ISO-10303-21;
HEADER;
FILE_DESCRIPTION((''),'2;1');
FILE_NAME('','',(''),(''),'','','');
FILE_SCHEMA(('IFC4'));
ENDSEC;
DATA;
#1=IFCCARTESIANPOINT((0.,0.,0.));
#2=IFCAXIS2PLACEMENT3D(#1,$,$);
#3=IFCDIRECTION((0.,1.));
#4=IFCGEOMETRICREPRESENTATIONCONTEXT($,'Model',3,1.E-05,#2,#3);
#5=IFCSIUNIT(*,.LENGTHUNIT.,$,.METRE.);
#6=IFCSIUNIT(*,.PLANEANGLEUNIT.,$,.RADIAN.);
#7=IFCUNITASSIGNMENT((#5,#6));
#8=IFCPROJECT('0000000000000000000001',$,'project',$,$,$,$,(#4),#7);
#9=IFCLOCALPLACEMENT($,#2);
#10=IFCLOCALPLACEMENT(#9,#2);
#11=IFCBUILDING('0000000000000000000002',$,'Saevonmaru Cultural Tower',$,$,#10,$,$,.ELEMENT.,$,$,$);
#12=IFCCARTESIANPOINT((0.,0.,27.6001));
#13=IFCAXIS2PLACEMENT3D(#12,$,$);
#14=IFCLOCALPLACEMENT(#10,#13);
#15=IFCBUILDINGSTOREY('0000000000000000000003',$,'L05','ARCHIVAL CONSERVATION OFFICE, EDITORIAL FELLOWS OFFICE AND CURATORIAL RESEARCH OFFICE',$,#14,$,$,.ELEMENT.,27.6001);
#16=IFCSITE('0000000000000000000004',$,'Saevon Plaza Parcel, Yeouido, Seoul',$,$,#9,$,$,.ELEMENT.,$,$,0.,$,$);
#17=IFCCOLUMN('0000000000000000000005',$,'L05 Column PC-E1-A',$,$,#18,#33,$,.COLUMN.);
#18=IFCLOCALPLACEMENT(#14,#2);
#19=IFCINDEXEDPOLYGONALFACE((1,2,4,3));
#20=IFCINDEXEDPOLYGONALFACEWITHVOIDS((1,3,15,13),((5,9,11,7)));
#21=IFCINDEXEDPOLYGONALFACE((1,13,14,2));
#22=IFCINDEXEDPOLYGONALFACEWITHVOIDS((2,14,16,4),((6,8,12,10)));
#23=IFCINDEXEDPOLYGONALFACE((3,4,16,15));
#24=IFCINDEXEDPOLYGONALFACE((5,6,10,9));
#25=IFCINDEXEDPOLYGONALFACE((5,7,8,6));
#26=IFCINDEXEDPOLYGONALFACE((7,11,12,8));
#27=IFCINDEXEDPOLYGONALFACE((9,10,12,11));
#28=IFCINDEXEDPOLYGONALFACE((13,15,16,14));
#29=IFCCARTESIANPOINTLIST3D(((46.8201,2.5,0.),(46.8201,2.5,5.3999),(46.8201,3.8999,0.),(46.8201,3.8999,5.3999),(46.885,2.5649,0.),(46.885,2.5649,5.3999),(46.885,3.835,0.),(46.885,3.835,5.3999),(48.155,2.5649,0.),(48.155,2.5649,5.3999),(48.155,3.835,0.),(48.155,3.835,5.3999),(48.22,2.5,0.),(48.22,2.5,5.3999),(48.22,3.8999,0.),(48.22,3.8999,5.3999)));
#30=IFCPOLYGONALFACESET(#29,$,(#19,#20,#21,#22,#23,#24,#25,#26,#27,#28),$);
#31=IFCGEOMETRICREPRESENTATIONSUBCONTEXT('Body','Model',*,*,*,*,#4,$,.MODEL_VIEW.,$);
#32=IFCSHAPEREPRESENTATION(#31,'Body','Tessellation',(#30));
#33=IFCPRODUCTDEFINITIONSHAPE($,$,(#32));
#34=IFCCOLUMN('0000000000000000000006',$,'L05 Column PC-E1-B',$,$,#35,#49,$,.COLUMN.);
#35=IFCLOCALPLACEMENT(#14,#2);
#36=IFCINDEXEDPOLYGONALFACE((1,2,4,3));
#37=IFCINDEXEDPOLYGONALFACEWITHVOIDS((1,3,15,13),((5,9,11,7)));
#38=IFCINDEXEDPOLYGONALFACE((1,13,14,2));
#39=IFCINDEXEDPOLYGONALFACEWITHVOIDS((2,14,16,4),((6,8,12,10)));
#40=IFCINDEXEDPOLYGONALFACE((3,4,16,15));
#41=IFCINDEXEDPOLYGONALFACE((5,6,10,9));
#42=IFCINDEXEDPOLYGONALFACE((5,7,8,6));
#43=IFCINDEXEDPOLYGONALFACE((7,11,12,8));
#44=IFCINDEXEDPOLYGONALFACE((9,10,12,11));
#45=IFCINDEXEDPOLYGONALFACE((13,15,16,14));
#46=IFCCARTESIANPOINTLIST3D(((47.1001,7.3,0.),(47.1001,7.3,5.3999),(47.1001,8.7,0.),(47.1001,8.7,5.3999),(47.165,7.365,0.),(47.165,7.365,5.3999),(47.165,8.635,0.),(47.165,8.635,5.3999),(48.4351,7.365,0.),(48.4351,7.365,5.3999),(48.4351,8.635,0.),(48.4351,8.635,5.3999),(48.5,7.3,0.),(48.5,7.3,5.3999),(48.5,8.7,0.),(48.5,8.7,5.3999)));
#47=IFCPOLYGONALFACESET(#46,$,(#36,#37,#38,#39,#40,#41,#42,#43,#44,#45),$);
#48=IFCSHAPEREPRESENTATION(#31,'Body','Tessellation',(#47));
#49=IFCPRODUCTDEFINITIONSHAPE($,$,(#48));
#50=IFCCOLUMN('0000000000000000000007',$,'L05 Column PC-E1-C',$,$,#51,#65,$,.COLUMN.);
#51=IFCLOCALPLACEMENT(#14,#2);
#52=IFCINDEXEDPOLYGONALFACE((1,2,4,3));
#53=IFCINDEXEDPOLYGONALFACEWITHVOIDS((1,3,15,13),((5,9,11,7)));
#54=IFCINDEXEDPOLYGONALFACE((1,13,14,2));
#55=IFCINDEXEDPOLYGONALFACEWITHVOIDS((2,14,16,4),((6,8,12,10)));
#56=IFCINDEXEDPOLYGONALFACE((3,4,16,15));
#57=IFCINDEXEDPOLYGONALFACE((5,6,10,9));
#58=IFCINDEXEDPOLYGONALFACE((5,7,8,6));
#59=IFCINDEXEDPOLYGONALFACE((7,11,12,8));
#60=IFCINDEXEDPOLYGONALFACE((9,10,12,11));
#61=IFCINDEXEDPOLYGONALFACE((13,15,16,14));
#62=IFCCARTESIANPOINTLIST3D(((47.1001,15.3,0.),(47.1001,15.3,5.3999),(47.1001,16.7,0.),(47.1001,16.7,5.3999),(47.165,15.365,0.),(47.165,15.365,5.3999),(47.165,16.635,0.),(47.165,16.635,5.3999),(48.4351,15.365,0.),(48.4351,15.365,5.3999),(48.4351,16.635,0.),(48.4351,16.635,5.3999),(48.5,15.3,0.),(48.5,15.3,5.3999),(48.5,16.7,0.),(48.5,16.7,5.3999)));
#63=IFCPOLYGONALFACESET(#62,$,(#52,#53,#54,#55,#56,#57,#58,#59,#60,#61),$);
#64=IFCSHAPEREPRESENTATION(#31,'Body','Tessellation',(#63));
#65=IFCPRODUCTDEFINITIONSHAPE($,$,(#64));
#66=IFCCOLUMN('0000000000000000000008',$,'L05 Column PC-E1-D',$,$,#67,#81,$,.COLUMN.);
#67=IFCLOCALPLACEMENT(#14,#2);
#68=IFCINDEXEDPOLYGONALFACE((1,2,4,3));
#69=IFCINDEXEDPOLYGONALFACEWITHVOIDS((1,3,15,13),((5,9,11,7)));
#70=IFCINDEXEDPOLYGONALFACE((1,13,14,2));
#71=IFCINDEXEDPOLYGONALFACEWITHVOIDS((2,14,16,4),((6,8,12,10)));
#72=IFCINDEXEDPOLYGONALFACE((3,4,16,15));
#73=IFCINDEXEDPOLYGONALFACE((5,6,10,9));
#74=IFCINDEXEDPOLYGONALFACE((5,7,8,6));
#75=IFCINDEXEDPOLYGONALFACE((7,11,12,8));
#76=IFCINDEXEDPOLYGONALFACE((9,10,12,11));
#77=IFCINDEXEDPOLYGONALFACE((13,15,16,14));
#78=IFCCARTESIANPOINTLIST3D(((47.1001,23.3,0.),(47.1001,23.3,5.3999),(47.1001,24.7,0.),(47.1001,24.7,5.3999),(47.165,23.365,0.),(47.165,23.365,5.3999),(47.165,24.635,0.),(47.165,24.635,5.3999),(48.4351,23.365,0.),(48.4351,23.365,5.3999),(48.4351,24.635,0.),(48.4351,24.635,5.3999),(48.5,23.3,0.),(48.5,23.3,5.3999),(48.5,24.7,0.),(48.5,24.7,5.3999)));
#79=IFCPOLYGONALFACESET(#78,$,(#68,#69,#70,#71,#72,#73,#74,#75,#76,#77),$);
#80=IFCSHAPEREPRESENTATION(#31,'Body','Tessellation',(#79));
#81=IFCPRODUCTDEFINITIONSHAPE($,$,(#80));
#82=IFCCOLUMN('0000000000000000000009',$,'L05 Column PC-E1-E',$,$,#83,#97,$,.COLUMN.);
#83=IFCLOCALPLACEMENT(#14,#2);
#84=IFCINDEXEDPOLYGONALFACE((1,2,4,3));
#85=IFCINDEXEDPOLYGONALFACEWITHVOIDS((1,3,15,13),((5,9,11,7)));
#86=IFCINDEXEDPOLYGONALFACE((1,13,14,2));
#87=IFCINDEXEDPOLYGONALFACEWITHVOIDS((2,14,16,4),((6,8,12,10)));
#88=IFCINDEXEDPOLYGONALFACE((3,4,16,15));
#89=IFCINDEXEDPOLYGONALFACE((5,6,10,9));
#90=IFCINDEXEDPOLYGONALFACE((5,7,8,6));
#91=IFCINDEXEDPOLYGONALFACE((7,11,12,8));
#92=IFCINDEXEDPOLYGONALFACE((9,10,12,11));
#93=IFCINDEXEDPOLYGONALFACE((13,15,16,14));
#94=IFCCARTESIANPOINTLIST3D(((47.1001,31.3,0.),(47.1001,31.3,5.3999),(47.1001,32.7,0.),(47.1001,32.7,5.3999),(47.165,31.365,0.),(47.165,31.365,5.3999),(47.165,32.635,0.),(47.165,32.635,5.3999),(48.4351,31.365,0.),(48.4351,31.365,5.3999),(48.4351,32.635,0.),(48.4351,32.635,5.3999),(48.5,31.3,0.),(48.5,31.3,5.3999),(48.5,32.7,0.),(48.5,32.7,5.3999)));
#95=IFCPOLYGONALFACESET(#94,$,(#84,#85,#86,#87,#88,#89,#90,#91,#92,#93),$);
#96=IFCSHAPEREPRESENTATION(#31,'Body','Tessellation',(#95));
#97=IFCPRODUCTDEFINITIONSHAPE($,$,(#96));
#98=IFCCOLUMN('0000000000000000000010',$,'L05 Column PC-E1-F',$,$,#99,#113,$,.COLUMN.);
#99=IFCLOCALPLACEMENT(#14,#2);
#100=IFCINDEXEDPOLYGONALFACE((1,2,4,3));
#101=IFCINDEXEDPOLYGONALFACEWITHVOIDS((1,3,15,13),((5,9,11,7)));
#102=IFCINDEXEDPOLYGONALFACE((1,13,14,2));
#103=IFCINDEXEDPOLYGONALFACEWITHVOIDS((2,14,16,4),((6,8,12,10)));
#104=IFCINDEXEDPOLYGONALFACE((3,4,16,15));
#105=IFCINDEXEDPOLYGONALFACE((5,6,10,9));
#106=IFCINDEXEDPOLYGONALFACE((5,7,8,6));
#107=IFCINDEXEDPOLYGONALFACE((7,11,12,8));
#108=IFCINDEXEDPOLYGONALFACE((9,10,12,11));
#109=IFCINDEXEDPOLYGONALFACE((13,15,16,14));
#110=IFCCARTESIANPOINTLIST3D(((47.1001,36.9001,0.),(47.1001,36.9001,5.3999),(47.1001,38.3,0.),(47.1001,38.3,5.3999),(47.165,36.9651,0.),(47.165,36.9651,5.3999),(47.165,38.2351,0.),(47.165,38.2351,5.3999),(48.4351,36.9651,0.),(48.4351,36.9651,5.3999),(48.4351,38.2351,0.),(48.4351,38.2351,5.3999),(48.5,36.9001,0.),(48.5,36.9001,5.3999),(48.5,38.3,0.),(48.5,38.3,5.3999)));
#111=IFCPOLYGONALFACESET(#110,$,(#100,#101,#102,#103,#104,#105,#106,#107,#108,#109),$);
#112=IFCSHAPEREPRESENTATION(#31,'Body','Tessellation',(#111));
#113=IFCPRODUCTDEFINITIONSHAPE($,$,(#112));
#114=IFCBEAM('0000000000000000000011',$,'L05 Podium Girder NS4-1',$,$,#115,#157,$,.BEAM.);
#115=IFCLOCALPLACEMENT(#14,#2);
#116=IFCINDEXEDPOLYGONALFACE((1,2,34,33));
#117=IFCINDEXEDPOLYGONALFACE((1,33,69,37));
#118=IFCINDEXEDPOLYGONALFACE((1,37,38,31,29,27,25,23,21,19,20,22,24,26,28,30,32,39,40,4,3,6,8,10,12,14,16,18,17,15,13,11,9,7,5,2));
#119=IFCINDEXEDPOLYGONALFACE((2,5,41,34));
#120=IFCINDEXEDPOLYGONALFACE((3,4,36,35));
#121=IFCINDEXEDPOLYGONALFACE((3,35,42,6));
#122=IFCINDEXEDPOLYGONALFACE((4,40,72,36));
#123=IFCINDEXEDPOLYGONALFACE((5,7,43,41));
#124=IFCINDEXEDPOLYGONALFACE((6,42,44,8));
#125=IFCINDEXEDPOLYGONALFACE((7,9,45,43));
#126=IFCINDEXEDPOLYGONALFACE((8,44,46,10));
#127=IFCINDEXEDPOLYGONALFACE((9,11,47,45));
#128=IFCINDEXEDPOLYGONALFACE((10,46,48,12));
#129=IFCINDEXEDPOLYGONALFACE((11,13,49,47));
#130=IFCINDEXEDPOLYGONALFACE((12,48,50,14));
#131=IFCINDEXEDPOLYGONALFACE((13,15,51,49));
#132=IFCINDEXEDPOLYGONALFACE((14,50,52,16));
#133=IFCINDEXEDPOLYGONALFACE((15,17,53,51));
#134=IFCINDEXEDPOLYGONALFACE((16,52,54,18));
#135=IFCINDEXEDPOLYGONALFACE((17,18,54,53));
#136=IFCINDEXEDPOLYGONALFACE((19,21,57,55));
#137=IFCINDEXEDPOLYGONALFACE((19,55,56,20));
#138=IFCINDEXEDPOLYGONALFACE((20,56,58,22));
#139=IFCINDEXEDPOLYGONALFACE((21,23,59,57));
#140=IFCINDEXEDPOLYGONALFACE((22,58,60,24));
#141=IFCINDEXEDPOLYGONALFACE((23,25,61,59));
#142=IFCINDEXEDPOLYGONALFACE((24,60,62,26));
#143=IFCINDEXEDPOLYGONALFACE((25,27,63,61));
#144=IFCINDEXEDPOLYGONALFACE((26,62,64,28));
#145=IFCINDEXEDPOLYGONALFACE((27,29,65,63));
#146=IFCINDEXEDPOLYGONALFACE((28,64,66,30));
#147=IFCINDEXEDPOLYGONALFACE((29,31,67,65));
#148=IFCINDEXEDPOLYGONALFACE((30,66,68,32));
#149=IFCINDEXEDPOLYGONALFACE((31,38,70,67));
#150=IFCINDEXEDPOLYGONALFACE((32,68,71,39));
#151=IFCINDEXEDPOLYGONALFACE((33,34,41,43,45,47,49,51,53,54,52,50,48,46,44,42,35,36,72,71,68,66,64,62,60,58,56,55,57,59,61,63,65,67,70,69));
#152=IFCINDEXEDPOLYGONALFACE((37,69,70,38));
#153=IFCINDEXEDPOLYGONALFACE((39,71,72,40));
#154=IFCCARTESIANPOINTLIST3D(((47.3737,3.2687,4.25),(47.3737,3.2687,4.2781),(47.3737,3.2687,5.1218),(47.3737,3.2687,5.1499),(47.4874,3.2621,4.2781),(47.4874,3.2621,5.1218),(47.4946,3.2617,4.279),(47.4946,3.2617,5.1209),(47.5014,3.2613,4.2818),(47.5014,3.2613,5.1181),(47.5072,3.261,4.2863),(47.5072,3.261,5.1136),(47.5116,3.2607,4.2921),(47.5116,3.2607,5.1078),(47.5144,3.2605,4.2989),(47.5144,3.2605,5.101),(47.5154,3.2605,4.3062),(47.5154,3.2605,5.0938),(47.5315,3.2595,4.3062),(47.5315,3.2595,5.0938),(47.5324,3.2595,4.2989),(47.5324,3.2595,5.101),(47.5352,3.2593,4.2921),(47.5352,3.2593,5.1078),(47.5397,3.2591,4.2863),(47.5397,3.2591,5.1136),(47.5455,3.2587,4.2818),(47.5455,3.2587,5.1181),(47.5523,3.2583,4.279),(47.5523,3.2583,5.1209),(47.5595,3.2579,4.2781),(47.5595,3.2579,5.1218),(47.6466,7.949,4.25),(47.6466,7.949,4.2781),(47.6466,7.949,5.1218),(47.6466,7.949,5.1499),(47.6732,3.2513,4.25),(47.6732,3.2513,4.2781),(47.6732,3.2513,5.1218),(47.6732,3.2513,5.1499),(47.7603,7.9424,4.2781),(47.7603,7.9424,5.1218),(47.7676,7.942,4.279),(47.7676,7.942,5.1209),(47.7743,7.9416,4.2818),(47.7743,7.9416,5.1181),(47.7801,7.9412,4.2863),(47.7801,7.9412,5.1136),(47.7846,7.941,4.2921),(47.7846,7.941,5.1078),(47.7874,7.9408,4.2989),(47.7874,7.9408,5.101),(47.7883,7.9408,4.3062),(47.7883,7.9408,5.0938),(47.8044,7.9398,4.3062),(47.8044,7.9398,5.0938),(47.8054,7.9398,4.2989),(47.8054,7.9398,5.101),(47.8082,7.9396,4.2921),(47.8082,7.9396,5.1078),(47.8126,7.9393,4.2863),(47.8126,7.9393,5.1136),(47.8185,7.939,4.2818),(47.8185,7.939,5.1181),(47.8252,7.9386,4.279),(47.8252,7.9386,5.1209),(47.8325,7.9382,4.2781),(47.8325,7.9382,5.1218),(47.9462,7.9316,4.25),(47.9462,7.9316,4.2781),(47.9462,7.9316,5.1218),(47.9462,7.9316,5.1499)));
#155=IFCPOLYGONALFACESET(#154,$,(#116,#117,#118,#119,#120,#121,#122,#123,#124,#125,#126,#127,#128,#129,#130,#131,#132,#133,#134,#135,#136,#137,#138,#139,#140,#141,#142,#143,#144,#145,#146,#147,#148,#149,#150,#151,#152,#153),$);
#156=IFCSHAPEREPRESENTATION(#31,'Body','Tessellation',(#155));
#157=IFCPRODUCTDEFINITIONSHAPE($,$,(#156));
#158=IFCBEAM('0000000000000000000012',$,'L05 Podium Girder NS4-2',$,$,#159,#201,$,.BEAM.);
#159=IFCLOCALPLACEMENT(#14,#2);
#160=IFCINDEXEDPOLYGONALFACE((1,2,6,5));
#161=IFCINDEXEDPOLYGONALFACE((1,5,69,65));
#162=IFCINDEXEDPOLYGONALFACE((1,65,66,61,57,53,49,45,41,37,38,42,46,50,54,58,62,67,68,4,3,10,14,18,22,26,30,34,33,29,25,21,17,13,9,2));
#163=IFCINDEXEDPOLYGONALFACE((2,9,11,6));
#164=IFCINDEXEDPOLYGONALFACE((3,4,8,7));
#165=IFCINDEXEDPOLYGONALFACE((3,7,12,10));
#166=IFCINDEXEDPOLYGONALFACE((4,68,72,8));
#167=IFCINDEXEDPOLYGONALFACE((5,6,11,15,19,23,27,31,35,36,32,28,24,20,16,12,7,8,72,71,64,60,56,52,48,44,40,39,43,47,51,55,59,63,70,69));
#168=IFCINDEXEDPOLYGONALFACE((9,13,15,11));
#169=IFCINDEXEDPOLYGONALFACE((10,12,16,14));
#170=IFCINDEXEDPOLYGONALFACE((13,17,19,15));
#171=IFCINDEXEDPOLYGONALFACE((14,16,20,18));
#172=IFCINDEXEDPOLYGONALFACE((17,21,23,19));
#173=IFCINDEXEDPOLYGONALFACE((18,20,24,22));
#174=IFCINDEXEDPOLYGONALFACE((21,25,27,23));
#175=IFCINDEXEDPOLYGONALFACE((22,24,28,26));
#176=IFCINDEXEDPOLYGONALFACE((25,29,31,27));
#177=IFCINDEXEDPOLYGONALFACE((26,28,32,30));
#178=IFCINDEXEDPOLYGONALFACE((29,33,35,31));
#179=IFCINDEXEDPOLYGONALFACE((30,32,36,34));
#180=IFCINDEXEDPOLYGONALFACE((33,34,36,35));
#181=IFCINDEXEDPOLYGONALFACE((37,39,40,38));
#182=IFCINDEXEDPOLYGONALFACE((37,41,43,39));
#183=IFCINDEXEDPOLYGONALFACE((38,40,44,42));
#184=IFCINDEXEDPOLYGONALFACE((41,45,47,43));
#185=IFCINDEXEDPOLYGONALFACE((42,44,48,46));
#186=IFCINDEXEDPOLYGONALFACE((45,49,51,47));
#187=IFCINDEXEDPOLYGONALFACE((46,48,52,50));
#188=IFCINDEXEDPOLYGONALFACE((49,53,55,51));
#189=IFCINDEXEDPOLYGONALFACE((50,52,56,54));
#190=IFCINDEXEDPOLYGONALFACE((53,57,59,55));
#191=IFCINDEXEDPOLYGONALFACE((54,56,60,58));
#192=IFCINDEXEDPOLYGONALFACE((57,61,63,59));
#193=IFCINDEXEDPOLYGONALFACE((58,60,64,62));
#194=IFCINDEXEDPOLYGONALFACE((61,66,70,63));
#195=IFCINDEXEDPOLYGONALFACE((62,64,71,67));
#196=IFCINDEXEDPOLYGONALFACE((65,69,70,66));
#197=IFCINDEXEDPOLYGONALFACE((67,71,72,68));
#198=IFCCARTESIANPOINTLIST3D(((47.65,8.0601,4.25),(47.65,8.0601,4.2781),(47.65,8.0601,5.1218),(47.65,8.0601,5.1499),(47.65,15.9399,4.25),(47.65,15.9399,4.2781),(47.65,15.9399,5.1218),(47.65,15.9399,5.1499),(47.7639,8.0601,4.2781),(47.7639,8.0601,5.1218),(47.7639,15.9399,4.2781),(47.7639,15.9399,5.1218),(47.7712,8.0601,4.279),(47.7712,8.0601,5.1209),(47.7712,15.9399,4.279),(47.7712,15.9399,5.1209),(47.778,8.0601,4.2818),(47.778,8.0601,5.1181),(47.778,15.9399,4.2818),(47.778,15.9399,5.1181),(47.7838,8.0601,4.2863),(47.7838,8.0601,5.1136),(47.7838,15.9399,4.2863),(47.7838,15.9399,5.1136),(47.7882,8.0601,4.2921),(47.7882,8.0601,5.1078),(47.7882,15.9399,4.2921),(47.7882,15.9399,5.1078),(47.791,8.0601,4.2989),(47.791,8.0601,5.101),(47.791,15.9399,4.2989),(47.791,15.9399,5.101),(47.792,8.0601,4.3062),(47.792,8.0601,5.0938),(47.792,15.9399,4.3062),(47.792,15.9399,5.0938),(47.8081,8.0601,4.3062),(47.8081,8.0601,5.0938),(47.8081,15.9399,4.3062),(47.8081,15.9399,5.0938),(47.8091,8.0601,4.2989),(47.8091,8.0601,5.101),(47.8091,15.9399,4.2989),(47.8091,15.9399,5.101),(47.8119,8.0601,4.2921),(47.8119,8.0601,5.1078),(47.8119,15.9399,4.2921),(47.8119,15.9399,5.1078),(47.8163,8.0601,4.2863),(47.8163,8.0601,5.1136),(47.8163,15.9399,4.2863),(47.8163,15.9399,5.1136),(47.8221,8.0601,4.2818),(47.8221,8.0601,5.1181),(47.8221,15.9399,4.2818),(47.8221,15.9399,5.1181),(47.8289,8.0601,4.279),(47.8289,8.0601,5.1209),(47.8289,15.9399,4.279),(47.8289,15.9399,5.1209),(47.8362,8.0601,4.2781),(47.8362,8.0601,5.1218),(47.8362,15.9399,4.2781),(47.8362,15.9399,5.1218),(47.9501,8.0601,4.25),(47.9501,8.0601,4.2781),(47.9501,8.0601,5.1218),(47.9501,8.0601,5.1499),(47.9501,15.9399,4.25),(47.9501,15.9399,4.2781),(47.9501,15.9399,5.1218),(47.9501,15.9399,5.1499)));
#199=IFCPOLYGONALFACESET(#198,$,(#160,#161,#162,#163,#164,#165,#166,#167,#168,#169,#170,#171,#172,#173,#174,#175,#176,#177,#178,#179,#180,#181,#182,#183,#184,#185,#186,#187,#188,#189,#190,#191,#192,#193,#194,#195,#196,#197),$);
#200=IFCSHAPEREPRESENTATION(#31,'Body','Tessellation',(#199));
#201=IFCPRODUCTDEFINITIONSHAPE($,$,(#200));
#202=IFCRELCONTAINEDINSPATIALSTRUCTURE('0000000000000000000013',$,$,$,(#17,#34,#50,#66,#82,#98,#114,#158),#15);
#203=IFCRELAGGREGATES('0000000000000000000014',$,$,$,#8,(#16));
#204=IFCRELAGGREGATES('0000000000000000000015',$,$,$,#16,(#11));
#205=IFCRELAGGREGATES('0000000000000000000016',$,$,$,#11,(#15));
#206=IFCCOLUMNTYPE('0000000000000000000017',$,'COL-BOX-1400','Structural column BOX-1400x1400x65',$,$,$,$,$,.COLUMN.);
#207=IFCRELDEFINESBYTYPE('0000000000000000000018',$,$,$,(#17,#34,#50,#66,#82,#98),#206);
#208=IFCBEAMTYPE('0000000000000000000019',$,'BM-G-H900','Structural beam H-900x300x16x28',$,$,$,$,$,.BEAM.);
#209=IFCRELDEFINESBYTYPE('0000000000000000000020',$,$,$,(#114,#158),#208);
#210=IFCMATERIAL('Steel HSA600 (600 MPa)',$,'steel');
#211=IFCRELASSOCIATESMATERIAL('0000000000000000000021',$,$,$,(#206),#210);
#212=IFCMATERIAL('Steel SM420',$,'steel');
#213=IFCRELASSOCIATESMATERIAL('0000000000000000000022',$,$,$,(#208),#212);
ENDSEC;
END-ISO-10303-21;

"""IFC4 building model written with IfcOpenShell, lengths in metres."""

from ifc_helpers import new_model, si_unit, direction, frame, origin, origin_2d, place, context, subcontext, project, spatial, hollow_rectangle, i_section, extrude, material, material_profile, profile_set, type_object, element, save


model = new_model("IFC4")

# Units and contexts
model_context = context("Model", 3, precision=1e-05, world=origin(), true_north=direction((0.0, 1.0)))
body_context = subcontext(model_context, "Body", "Model", "MODEL_VIEW")
ifc_project = project(units=[si_unit("LENGTHUNIT", "METRE"), si_unit("PLANEANGLEUNIT", "RADIAN")], contexts=[model_context])

# Site, building, storey
site_placement = place(None, origin())
site = spatial("IfcSite", under=ifc_project, at=site_placement, Name="Saevon Plaza Parcel, Yeouido, Seoul", CompositionType="ELEMENT", RefElevation=0.0)
building_placement = place(site_placement, origin())
building = spatial("IfcBuilding", under=site, at=building_placement, Name="Saevonmaru Cultural Tower", CompositionType="ELEMENT")
storey_placement = place(building_placement, frame((0.0, 0.0, 27.6001)))
storey = spatial("IfcBuildingStorey", under=building, at=storey_placement, Name="L05", Description="ARCHIVAL CONSERVATION OFFICE, EDITORIAL FELLOWS OFFICE AND CURATORIAL RESEARCH OFFICE", CompositionType="ELEMENT", Elevation=27.6001)

# Columns
ifc_material_1 = material(Name="Steel HSA600 (600 MPa)", Category="steel")
ifc_material_profile_1 = material_profile(ifc_material_1, hollow_rectangle(XDim=1.3999, YDim=1.3999, WallThickness=0.0649, at=origin_2d()), Name="BOX-1400x1400x65")
ifc_profile_set_1 = profile_set([ifc_material_profile_1], Name="Steel HSA600 (600 MPa)")
column_type = type_object("IfcColumnType", Name="COL-BOX-1400", Description="Structural column BOX-1400x1400x65", PredefinedType="COLUMN", material=ifc_profile_set_1)
for number, where, z_axis, x_axis, name in (
    (1, (47.52, 3.2, 0.0), (0.0, 0.0, 1.0), (1.0, 0.0, 0.0), "L05 Column PC-E1-A"),
    (2, (47.8, 8.0, 0.0), (0.0, 0.0, 1.0), (1.0, 0.0, 0.0), "L05 Column PC-E1-B"),
    (3, (47.8, 16.0, 0.0), (0.0, 0.0, 1.0), (1.0, 0.0, 0.0), "L05 Column PC-E1-C"),
    (4, (47.8, 24.0, 0.0), (0.0, 0.0, 1.0), (1.0, 0.0, 0.0), "L05 Column PC-E1-D"),
    (5, (47.8, 32.0, 0.0), (0.0, 0.0, 1.0), (1.0, 0.0, 0.0), "L05 Column PC-E1-E"),
    (6, (47.8, 37.6001, 0.0), (0.0, 0.0, 1.0), (1.0, 0.0, 0.0), "L05 Column PC-E1-F"),
):
    element("IfcColumn", number, at=place(storey_placement, frame(where, z_axis=z_axis, x_axis=x_axis)), inside=storey, type_object=column_type, Name=name, PredefinedType="COLUMN", context=body_context, shape_type="SweptSolid", body=[
        extrude(hollow_rectangle(XDim=1.3999, YDim=1.3999, WallThickness=0.0649, at=origin_2d()), origin(), (0.0, 0.0, 1.0), 5.3999),
    ])

# Beams
ifc_material_2 = material(Name="Steel SM420", Category="steel")
ifc_material_profile_2 = material_profile(ifc_material_2, i_section(OverallWidth=0.3, OverallDepth=0.8999, WebThickness=0.0161, FlangeThickness=0.0281, FilletRadius=0.0281, at=origin_2d()), Name="H-900x300x16x28")
ifc_profile_set_2 = profile_set([ifc_material_profile_2], Name="Steel SM420")
beam_type = type_object("IfcBeamType", Name="BM-G-H900", Description="Structural beam H-900x300x16x28", PredefinedType="BEAM", material=ifc_profile_set_2)
beam_1_placement = place(storey_placement, frame((47.5234, 3.26, 4.7), z_axis=(0.058221, 0.998304, 0.0), x_axis=(-0.998304, 0.058221, 0.0)))
element("IfcBeam", 7, at=beam_1_placement, inside=storey, type_object=beam_type, Name="L05 Podium Girder NS4-1", PredefinedType="BEAM", context=body_context, shape_type="SweptSolid", body=[
    extrude(i_section(OverallWidth=0.3, OverallDepth=0.8999, WebThickness=0.0161, FlangeThickness=0.0281, FilletRadius=0.0281, at=origin_2d()), origin(), (0.0, 0.0, 1.0), 4.6882),
])
for number, where, z_axis, x_axis, name in (
    (8, (47.8, 8.0601, 4.7), (0.0, 1.0, 0.0), (-1.0, 0.0, 0.0), "L05 Podium Girder NS4-2"),
):
    element("IfcBeam", number, at=place(storey_placement, frame(where, z_axis=z_axis, x_axis=x_axis)), inside=storey, type_object=beam_type, Name=name, PredefinedType="BEAM", context=body_context, shape_type="SweptSolid", body=[
        extrude(i_section(OverallWidth=0.3, OverallDepth=0.8999, WebThickness=0.0161, FlangeThickness=0.0281, FilletRadius=0.0281, at=origin_2d()), origin(), (0.0, 0.0, 1.0), 7.8799),
    ])

save(model, "model.ifc")
